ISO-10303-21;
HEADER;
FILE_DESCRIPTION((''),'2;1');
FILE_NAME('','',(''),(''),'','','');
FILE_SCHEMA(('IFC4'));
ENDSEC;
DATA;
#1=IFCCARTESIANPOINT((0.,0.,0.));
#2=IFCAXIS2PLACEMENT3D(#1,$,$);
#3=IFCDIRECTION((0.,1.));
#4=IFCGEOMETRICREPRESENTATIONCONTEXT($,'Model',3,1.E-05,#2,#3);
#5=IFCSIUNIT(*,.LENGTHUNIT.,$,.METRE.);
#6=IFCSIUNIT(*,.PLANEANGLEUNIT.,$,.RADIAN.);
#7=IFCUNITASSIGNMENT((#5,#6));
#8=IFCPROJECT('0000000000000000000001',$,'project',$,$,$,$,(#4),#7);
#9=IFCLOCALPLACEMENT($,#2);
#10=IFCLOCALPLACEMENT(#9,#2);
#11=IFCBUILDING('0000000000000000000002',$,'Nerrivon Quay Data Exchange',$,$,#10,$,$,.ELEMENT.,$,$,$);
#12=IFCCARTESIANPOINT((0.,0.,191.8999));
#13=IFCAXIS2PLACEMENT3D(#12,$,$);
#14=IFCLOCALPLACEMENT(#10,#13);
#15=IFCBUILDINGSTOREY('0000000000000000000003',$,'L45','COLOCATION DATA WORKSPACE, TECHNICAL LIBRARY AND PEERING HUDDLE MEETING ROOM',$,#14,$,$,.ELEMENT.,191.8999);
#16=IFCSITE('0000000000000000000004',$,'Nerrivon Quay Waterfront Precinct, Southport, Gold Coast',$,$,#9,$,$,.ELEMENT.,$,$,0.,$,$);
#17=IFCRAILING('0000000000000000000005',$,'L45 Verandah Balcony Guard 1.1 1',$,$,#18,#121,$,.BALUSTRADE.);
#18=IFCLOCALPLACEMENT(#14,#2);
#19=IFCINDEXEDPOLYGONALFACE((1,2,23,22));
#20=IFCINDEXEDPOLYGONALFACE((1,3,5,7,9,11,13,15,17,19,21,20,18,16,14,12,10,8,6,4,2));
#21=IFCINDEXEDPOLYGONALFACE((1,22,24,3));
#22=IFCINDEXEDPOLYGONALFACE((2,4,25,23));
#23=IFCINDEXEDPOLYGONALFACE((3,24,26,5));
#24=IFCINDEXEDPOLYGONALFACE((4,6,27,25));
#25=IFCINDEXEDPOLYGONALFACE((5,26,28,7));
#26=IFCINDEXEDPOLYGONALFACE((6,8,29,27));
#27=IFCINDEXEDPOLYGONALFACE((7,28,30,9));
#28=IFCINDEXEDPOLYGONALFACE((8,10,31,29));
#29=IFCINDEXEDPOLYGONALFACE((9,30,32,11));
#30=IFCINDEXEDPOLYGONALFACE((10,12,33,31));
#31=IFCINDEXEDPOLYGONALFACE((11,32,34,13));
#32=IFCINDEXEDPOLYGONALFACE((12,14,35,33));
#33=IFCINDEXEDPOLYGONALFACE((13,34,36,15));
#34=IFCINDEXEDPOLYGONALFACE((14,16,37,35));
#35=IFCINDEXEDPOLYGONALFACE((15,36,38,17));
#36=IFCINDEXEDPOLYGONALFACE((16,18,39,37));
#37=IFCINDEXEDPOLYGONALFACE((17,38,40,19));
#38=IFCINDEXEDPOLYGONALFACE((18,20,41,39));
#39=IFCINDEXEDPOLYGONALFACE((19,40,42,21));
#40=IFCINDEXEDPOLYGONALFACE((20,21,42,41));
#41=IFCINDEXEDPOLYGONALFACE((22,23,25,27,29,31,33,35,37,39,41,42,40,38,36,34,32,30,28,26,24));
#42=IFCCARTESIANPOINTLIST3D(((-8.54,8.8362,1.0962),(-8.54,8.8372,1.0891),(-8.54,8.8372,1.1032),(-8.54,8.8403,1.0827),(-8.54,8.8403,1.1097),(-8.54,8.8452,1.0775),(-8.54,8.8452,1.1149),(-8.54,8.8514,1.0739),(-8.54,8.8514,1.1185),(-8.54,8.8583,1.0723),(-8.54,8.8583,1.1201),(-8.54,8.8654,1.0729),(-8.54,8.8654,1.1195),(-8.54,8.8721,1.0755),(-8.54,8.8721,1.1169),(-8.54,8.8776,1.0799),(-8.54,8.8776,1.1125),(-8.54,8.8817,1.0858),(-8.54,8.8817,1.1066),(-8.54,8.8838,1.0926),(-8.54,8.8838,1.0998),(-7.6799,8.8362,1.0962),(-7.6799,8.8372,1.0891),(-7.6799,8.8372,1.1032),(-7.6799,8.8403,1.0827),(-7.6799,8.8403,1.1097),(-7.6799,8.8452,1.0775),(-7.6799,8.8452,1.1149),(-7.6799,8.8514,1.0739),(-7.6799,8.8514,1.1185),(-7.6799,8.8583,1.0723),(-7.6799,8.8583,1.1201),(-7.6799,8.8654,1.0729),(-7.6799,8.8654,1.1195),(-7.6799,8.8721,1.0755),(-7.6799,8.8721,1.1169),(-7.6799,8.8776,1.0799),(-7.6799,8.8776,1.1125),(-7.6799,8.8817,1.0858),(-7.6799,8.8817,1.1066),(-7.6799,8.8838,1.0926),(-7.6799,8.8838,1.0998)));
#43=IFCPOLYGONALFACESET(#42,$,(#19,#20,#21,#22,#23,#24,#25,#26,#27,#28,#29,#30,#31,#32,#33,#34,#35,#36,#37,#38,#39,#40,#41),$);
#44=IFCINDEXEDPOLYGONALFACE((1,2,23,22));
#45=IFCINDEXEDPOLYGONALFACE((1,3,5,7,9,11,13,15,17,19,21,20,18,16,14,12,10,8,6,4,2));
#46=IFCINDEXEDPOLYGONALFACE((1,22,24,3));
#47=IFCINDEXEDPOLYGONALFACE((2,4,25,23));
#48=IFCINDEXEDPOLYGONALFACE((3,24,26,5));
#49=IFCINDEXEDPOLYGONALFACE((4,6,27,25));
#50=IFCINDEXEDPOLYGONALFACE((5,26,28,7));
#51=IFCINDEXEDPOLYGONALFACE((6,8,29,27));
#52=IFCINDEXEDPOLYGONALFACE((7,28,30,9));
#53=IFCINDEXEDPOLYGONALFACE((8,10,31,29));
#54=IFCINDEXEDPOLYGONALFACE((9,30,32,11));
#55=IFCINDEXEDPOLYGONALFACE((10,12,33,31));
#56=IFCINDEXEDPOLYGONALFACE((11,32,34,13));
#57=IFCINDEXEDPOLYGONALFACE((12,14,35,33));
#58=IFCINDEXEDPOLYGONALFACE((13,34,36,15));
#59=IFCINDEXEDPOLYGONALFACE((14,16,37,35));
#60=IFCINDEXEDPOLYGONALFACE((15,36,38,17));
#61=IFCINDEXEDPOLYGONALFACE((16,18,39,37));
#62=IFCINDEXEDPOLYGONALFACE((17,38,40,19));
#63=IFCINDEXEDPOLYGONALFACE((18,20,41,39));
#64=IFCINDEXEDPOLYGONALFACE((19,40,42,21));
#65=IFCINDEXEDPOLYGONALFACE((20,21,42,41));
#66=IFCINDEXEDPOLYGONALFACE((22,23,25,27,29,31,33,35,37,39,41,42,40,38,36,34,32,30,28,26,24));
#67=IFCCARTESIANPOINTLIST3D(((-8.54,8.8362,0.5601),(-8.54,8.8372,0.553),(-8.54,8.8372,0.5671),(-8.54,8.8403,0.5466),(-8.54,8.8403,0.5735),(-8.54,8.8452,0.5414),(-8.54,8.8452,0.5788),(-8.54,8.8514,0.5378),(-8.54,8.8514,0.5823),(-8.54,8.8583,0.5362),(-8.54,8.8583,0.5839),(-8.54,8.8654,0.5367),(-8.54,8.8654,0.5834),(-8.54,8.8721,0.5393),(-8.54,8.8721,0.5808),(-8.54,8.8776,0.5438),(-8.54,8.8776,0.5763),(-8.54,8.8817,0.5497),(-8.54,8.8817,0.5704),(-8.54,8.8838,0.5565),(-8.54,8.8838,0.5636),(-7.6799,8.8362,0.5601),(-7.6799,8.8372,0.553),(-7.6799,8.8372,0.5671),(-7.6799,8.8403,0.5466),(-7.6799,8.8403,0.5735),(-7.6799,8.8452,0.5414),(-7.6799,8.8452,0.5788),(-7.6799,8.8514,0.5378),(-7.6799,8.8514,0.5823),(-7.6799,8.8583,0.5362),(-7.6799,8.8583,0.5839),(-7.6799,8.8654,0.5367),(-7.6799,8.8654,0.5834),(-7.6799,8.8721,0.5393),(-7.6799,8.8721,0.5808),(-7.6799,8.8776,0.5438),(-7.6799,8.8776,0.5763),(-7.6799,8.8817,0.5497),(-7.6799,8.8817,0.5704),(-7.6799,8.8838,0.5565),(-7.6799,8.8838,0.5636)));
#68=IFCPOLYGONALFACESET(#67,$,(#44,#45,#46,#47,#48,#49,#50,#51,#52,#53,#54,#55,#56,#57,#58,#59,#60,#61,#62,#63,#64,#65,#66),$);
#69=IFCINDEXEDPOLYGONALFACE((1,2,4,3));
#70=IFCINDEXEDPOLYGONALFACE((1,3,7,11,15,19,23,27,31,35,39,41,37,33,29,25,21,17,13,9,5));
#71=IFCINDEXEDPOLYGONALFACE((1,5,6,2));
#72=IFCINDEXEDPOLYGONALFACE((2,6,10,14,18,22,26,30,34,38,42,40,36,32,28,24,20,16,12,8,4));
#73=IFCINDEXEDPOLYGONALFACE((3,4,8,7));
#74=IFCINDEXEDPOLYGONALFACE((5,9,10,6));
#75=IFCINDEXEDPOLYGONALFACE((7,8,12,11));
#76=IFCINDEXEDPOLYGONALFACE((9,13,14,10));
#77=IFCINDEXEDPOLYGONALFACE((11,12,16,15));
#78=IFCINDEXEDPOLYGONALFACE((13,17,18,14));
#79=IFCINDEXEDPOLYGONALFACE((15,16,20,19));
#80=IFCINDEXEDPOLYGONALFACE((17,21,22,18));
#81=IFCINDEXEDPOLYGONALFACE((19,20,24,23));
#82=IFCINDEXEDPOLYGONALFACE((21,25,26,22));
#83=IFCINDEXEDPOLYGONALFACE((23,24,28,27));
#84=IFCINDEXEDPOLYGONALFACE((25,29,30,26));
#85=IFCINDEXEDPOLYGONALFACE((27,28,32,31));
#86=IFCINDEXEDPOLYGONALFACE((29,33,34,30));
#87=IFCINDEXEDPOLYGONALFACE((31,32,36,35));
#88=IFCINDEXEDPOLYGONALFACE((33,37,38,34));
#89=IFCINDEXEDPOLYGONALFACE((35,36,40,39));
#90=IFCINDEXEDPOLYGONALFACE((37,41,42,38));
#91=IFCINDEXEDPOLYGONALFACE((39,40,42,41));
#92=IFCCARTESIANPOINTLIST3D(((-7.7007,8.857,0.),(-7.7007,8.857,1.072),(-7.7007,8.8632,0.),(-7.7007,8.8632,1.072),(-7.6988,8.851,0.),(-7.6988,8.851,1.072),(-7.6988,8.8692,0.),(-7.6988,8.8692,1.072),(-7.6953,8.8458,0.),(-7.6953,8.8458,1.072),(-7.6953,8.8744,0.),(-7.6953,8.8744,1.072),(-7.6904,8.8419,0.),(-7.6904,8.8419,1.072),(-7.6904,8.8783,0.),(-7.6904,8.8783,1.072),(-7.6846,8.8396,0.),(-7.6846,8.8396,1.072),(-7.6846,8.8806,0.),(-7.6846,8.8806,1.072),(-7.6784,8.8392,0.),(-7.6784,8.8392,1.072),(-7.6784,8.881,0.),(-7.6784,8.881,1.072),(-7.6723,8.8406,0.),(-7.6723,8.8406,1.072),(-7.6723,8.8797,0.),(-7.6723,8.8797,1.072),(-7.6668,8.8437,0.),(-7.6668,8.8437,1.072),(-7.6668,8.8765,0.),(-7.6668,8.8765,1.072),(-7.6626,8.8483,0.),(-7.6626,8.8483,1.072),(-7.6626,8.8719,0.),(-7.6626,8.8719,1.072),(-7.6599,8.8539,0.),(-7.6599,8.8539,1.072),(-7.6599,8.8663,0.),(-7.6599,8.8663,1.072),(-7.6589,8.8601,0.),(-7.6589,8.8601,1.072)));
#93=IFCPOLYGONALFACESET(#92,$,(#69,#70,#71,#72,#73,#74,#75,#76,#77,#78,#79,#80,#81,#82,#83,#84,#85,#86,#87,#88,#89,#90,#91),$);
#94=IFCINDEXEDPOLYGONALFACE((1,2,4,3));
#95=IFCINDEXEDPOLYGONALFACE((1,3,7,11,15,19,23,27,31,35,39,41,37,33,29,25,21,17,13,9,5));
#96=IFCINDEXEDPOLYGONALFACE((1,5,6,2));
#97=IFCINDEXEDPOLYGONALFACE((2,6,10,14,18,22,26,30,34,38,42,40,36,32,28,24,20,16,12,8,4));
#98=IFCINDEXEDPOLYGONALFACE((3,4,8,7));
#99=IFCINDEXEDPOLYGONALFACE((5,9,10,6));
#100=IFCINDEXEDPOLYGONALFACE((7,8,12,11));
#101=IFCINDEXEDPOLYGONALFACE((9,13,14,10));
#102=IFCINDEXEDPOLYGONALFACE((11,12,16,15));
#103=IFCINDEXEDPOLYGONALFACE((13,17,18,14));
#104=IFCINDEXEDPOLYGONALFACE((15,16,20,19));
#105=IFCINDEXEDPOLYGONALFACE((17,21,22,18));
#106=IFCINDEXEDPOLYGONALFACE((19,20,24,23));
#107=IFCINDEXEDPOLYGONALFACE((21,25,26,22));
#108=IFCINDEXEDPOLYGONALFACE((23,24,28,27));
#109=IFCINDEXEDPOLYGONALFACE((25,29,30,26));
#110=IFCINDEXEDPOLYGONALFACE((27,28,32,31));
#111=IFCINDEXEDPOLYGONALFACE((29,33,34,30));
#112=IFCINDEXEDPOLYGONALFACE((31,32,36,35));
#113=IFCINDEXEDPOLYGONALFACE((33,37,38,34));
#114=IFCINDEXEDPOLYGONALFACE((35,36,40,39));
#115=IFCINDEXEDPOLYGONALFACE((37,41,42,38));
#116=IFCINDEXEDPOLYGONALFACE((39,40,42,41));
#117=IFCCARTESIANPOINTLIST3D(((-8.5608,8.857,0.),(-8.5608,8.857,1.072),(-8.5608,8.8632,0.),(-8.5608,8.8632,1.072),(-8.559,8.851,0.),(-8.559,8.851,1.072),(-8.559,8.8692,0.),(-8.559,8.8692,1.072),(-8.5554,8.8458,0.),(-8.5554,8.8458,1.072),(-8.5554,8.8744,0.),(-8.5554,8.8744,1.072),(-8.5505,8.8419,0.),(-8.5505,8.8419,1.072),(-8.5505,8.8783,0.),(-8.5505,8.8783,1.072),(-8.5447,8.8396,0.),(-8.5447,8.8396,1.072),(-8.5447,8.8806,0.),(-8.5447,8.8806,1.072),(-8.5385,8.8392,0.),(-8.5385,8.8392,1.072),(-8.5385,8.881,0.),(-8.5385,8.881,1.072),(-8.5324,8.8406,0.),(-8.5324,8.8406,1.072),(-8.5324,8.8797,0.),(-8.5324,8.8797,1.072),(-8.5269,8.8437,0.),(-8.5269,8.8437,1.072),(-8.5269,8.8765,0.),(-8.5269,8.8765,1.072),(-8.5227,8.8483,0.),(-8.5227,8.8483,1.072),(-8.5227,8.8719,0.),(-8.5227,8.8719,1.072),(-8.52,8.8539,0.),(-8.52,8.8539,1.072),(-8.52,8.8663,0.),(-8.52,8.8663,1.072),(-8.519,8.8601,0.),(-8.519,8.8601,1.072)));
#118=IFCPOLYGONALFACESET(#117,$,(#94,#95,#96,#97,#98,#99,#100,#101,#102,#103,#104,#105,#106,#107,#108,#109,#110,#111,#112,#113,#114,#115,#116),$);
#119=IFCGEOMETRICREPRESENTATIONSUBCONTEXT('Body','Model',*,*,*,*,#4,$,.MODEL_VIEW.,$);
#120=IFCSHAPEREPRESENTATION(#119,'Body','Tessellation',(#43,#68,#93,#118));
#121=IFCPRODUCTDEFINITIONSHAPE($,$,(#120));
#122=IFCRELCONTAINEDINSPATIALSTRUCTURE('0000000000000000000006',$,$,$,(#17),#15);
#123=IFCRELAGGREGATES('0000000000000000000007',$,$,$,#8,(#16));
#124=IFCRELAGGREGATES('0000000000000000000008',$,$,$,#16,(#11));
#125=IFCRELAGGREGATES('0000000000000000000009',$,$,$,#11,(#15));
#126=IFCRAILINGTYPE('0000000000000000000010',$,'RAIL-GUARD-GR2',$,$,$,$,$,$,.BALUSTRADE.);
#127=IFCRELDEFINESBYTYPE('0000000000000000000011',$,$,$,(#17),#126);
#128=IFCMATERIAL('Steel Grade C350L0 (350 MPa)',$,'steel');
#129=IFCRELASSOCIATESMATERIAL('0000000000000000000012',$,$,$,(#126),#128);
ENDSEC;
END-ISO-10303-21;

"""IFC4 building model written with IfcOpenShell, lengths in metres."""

from ifc_helpers import new_model, si_unit, direction, frame, origin, origin_2d, place, context, subcontext, project, spatial, circle, extrude, material, type_object, element, save


model = new_model("IFC4")

# Units and contexts
model_context = context("Model", 3, precision=1e-05, world=origin(), true_north=direction((0.0, 1.0)))
body_context = subcontext(model_context, "Body", "Model", "MODEL_VIEW")
ifc_project = project(units=[si_unit("LENGTHUNIT", "METRE"), si_unit("PLANEANGLEUNIT", "RADIAN")], contexts=[model_context])

# Site, building, storey
site_placement = place(None, origin())
site = spatial("IfcSite", under=ifc_project, at=site_placement, Name="Nerrivon Quay Waterfront Precinct, Southport, Gold Coast", CompositionType="ELEMENT", RefElevation=0.0)
building_placement = place(site_placement, origin())
building = spatial("IfcBuilding", under=site, at=building_placement, Name="Nerrivon Quay Data Exchange", CompositionType="ELEMENT")
storey_placement = place(building_placement, frame((0.0, 0.0, 191.8999)))
storey = spatial("IfcBuildingStorey", under=building, at=storey_placement, Name="L45", Description="COLOCATION DATA WORKSPACE, TECHNICAL LIBRARY AND PEERING HUDDLE MEETING ROOM", CompositionType="ELEMENT", Elevation=191.8999)

# Railing
ifc_material_1 = material(Name="Steel Grade C350L0 (350 MPa)", Category="steel")
railing_type = type_object("IfcRailingType", Name="RAIL-GUARD-GR2", PredefinedType="BALUSTRADE", material=ifc_material_1)
railing_1_placement = place(storey_placement, frame((-7.6799, 8.8601, 0.0)))
element("IfcRailing", 1, at=railing_1_placement, inside=storey, type_object=railing_type, Name="L45 Verandah Balcony Guard 1.1 1", PredefinedType="BALUSTRADE", context=body_context, shape_type="SweptSolid", body=[
    extrude(circle(Radius=0.0239, at=origin_2d()), frame((0.0, 0.0, 1.0962), z_axis=(-1.0, 0.0, 0.0), x_axis=(0.0, -1.0, 0.0)), (0.0, 0.0, 1.0), 0.8601),
    extrude(circle(Radius=0.0239, at=origin_2d()), frame((0.0, 0.0, 0.5601), z_axis=(-1.0, 0.0, 0.0), x_axis=(0.0, -1.0, 0.0)), (0.0, 0.0, 1.0), 0.8601),
    extrude(circle(Radius=0.021, at=origin_2d()), origin(), (0.0, 0.0, 1.0), 1.072),
    extrude(circle(Radius=0.021, at=origin_2d()), frame((-0.8601, 0.0, 0.0)), (0.0, 0.0, 1.0), 1.072),
])

save(model, "model.ifc")
